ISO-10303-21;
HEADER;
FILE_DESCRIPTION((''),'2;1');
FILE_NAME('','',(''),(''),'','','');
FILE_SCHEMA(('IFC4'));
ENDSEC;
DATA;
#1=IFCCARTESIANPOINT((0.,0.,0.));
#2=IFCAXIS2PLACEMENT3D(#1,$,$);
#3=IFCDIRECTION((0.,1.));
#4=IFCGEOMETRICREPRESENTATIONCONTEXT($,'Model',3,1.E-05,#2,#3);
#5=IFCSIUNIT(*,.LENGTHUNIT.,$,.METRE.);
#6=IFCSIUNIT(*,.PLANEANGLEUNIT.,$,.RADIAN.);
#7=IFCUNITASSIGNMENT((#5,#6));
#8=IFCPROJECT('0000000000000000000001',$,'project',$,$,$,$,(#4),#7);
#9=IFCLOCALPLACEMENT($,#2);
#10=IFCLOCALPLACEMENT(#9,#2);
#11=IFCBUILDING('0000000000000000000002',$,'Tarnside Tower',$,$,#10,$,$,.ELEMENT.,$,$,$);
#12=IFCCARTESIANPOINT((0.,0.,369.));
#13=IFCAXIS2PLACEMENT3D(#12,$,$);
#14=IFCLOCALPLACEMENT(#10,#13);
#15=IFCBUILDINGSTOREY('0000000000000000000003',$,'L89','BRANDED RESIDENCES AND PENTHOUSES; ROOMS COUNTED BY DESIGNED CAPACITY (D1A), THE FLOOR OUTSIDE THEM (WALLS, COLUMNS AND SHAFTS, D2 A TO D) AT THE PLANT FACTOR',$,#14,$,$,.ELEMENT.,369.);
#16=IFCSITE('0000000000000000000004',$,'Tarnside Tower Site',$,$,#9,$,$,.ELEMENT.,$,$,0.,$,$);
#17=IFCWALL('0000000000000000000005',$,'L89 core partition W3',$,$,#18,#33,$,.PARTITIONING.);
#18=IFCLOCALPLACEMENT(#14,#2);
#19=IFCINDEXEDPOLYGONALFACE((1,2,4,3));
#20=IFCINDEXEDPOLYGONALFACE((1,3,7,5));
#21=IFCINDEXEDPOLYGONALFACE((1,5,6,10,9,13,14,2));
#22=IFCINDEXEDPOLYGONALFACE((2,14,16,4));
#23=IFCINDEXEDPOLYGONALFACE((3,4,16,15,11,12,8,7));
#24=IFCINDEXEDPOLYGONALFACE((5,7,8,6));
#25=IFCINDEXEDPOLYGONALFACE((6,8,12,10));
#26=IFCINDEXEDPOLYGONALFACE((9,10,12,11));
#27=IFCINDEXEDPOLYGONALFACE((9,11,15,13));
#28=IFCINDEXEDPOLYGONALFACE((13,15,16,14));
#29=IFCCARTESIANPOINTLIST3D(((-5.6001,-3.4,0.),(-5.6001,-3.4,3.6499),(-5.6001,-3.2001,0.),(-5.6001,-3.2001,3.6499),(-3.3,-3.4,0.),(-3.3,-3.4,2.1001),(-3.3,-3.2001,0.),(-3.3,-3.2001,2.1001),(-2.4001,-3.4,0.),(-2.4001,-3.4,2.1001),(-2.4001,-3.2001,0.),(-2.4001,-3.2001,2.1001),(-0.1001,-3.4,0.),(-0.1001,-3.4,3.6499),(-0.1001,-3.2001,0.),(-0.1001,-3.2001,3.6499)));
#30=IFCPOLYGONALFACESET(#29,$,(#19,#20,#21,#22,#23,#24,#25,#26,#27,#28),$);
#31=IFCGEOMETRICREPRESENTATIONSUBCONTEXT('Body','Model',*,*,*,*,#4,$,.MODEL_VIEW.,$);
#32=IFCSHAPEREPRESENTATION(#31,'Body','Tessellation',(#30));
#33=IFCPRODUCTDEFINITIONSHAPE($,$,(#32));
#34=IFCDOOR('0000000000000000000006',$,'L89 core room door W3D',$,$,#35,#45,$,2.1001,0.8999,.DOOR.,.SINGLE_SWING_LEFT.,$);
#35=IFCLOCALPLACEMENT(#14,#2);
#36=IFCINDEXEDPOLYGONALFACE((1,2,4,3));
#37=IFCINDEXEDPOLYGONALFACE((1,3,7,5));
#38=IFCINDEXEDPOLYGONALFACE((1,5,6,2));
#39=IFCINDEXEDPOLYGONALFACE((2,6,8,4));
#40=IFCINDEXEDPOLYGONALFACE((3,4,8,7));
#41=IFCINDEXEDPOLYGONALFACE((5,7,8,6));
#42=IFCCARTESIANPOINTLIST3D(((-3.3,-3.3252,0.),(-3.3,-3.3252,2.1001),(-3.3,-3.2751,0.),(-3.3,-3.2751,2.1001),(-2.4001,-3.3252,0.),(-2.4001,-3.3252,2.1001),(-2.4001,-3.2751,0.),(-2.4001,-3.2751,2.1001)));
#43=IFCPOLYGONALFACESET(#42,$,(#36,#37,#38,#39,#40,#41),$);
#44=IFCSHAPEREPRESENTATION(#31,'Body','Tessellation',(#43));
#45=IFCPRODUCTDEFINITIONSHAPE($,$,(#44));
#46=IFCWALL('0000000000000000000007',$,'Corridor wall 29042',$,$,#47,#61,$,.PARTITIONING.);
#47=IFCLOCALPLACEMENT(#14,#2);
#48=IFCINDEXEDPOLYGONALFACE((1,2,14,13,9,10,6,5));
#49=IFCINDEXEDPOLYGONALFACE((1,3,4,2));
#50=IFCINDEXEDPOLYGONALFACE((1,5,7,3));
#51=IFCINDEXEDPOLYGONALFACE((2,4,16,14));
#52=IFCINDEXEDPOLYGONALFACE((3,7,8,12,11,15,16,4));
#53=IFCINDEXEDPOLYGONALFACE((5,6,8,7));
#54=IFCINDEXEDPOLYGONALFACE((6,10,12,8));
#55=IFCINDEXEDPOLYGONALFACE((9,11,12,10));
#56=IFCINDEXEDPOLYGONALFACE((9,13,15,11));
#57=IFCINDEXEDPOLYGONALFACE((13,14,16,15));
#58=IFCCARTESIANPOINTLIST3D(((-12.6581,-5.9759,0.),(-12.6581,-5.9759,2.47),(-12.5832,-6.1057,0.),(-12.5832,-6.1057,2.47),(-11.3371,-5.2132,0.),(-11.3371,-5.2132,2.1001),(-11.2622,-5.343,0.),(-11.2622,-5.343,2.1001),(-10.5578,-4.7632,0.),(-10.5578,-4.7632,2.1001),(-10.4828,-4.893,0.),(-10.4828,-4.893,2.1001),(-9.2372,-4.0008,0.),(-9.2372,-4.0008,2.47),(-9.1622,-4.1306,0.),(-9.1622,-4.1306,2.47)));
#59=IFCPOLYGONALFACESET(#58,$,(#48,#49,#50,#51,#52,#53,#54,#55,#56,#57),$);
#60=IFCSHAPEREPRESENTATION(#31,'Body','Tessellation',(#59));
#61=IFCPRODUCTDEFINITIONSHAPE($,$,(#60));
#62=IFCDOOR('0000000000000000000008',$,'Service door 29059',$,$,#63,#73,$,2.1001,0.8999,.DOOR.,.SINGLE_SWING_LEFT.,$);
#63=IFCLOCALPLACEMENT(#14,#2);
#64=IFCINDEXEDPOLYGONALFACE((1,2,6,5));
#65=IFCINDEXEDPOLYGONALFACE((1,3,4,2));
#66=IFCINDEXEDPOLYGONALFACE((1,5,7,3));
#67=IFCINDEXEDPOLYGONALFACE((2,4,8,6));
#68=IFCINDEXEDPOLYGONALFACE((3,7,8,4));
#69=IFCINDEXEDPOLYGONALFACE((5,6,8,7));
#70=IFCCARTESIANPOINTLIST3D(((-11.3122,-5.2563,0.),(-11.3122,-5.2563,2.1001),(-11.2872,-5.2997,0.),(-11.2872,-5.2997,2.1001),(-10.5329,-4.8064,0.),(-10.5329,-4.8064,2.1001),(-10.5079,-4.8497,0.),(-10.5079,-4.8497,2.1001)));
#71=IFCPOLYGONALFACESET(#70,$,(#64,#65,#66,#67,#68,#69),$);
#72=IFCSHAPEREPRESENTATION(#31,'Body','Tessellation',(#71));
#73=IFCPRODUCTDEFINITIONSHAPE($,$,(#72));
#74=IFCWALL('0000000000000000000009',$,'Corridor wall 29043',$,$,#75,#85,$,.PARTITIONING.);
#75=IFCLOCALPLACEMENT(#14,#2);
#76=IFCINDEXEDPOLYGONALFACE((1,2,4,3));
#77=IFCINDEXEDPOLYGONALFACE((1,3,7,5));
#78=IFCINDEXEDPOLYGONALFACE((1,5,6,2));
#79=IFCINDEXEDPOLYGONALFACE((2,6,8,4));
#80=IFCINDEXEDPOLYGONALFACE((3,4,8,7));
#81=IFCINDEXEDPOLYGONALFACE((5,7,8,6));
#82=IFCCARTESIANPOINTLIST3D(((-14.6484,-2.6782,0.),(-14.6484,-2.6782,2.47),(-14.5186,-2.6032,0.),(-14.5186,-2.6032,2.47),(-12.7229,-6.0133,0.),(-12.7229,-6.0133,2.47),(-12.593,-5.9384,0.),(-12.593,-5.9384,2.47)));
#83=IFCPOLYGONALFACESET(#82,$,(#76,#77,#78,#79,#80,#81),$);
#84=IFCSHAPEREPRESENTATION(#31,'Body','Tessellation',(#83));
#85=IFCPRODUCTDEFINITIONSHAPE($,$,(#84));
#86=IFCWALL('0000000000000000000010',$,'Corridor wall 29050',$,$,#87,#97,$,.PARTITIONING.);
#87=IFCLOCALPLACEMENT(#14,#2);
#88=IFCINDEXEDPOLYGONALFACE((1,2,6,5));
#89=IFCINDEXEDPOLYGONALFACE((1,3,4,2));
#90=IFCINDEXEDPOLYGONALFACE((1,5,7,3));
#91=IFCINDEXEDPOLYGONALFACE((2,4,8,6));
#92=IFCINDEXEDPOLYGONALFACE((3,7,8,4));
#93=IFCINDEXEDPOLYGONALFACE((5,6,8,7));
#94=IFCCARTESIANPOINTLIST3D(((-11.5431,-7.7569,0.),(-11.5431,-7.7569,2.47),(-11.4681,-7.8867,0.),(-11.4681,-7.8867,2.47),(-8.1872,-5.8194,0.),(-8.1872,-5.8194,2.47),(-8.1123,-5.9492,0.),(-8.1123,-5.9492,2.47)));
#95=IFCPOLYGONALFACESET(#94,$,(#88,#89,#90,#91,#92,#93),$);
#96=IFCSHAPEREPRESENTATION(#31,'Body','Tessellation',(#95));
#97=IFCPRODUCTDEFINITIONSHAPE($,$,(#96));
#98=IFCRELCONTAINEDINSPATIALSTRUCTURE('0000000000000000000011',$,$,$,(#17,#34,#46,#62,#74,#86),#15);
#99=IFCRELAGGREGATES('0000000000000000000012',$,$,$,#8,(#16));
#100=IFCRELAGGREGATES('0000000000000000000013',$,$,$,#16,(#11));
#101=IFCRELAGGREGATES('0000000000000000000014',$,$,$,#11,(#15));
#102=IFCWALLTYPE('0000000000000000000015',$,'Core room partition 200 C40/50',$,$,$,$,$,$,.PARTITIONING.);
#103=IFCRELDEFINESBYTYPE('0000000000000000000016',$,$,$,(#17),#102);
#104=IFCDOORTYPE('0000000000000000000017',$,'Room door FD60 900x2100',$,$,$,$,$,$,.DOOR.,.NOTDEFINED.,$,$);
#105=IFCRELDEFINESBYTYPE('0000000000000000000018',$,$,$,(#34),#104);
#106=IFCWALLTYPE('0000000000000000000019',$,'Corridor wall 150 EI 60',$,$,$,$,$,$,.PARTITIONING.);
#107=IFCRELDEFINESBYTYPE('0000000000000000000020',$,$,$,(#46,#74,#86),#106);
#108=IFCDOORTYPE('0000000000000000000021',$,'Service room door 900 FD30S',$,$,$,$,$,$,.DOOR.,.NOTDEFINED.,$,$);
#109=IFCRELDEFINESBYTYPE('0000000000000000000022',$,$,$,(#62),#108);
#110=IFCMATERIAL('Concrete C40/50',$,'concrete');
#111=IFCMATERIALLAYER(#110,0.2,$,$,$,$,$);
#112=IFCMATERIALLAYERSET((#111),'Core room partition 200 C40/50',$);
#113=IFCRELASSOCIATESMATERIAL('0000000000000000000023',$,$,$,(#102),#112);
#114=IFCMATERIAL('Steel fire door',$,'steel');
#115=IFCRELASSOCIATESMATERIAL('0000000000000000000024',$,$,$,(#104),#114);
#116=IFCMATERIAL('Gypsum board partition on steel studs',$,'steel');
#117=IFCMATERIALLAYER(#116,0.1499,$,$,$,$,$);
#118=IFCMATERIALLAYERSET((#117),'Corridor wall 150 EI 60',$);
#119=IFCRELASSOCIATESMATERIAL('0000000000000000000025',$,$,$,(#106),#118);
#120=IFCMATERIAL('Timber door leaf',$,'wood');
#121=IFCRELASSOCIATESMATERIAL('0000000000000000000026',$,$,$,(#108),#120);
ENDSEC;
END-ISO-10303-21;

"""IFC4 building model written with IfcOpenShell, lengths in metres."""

from ifc_helpers import new_model, si_unit, direction, frame, frame_2d, origin, place, context, subcontext, project, spatial, rectangle, extrude, material, layer, layer_set, type_object, element, fill, save


model = new_model("IFC4")

# Units and contexts
model_context = context("Model", 3, precision=1e-05, world=origin(), true_north=direction((0.0, 1.0)))
body_context = subcontext(model_context, "Body", "Model", "MODEL_VIEW")
ifc_project = project(units=[si_unit("LENGTHUNIT", "METRE"), si_unit("PLANEANGLEUNIT", "RADIAN")], contexts=[model_context])

# Site, building, storey
site_placement = place(None, origin())
site = spatial("IfcSite", under=ifc_project, at=site_placement, Name="Tarnside Tower Site", CompositionType="ELEMENT", RefElevation=0.0)
building_placement = place(site_placement, origin())
building = spatial("IfcBuilding", under=site, at=building_placement, Name="Tarnside Tower", CompositionType="ELEMENT")
storey_placement = place(building_placement, frame((0.0, 0.0, 369.0)))
storey = spatial("IfcBuildingStorey", under=building, at=storey_placement, Name="L89", Description="BRANDED RESIDENCES AND PENTHOUSES; ROOMS COUNTED BY DESIGNED CAPACITY (D1A), THE FLOOR OUTSIDE THEM (WALLS, COLUMNS AND SHAFTS, D2 A TO D) AT THE PLANT FACTOR", CompositionType="ELEMENT", Elevation=369.0)

# Walls, openings, doors
ifc_material_1 = material(Name="Concrete C40/50", Category="concrete")
ifc_layer_1 = layer(ifc_material_1, 0.2)
ifc_layer_set_1 = layer_set([ifc_layer_1], Name="Core room partition 200 C40/50")
wall_type_1 = type_object("IfcWallType", Name="Core room partition 200 C40/50", PredefinedType="PARTITIONING", material=ifc_layer_set_1)
wall_1_placement = place(storey_placement, frame((-5.6001, -3.3, 0.0), z_axis=(0.0, 0.0, 1.0), x_axis=(1.0, 0.0, 0.0)))
wall_1 = element("IfcWall", 1, at=wall_1_placement, inside=storey, type_object=wall_type_1, Name="L89 core partition W3", PredefinedType="PARTITIONING", context=body_context, shape_type="SweptSolid", body=[
    extrude(rectangle(XDim=5.5, YDim=0.2, at=frame_2d((2.75, 0.0))), origin(), (0.0, 0.0, 1.0), 3.6499),
])
opening_1_placement = place(wall_1_placement, frame((2.3, 0.0, 0.0)))
opening_1 = element("IfcOpeningElement", 2, at=opening_1_placement, cuts=wall_1, PredefinedType="OPENING", context=body_context, shape_type="SweptSolid", body=[
    extrude(rectangle(XDim=0.8999, YDim=2.1001, at=frame_2d((0.45, 1.05))), frame((0.0, 0.1099, 0.0), z_axis=(0.0, -1.0, 0.0), x_axis=(1.0, 0.0, 0.0)), (0.0, 0.0, 1.0), 0.22),
])
ifc_material_2 = material(Name="Steel fire door", Category="steel")
door_type_1 = type_object("IfcDoorType", Name="Room door FD60 900x2100", OperationType="NOTDEFINED", PredefinedType="DOOR", material=ifc_material_2)
door_1_placement = place(opening_1_placement, origin())
door_1 = element("IfcDoor", 3, at=door_1_placement, inside=storey, type_object=door_type_1, Name="L89 core room door W3D", OperationType="SINGLE_SWING_LEFT", OverallHeight=2.1001, OverallWidth=0.8999, PredefinedType="DOOR", context=body_context, shape_type="SweptSolid", body=[
    extrude(rectangle(XDim=0.8999, YDim=2.1001, at=frame_2d((0.45, 1.05))), frame((0.0, 0.0249, 0.0), z_axis=(0.0, -1.0, 0.0), x_axis=(1.0, 0.0, 0.0)), (0.0, 0.0, 1.0), 0.05),
])
fill(opening_1, door_1)
ifc_material_3 = material(Name="Gypsum board partition on steel studs", Category="steel")
ifc_layer_2 = layer(ifc_material_3, 0.1499)
ifc_layer_set_2 = layer_set([ifc_layer_2], Name="Corridor wall 150 EI 60")
wall_type_2 = type_object("IfcWallType", Name="Corridor wall 150 EI 60", PredefinedType="PARTITIONING", material=ifc_layer_set_2)
wall_2_placement = place(storey_placement, frame((-9.1997, -4.0657, 0.0), z_axis=(0.0, 0.0, 1.0), x_axis=(-0.866021, -0.500008, 0.0)))
wall_2 = element("IfcWall", 4, at=wall_2_placement, inside=storey, type_object=wall_type_2, Name="Corridor wall 29042", PredefinedType="PARTITIONING", context=body_context, shape_type="SweptSolid", body=[
    extrude(rectangle(XDim=3.9502, YDim=0.1499, at=frame_2d((1.9751, 0.0))), origin(), (0.0, 0.0, 1.0), 2.47),
])
opening_2_placement = place(wall_2_placement, frame((1.5249, 0.0, 0.0)))
opening_2 = element("IfcOpeningElement", 5, at=opening_2_placement, cuts=wall_2, PredefinedType="OPENING", context=body_context, shape_type="SweptSolid", body=[
    extrude(rectangle(XDim=0.8999, YDim=2.1001, at=frame_2d((0.45, 1.05))), frame((0.0, 0.085, 0.0), z_axis=(0.0, -1.0, 0.0), x_axis=(1.0, 0.0, 0.0)), (0.0, 0.0, 1.0), 0.1699),
])
ifc_material_4 = material(Name="Timber door leaf", Category="wood")
door_type_2 = type_object("IfcDoorType", Name="Service room door 900 FD30S", OperationType="NOTDEFINED", PredefinedType="DOOR", material=ifc_material_4)
door_2_placement = place(opening_2_placement, origin())
door_2 = element("IfcDoor", 6, at=door_2_placement, inside=storey, type_object=door_type_2, Name="Service door 29059", OperationType="SINGLE_SWING_LEFT", OverallHeight=2.1001, OverallWidth=0.8999, PredefinedType="DOOR", context=body_context, shape_type="SweptSolid", body=[
    extrude(rectangle(XDim=0.8999, YDim=2.1001, at=frame_2d((0.45, 1.05))), frame((0.0, 0.0249, 0.0), z_axis=(0.0, -1.0, 0.0), x_axis=(1.0, 0.0, 0.0)), (0.0, 0.0, 1.0), 0.05),
])
fill(opening_2, door_2)

# Walls
wall_3_placement = place(storey_placement, frame((-12.658, -5.9758, 0.0), z_axis=(0.0, 0.0, 1.0), x_axis=(-0.499991, 0.86603, 0.0)))
element("IfcWall", 7, at=wall_3_placement, inside=storey, type_object=wall_type_2, Name="Corridor wall 29043", PredefinedType="PARTITIONING", context=body_context, shape_type="SweptSolid", body=[
    extrude(rectangle(XDim=3.8511, YDim=0.1499, at=frame_2d((1.9255, 0.0))), origin(), (0.0, 0.0, 1.0), 2.47),
])
wall_4_placement = place(storey_placement, frame((-11.5056, -7.8218, 0.0), z_axis=(0.0, 0.0, 1.0), x_axis=(0.866032, 0.499988, 0.0)))
element("IfcWall", 8, at=wall_4_placement, inside=storey, type_object=wall_type_2, Name="Corridor wall 29050", PredefinedType="PARTITIONING", context=body_context, shape_type="SweptSolid", body=[
    extrude(rectangle(XDim=3.875, YDim=0.1499, at=frame_2d((1.9375, 0.0))), origin(), (0.0, 0.0, 1.0), 2.47),
])

save(model, "model.ifc")
